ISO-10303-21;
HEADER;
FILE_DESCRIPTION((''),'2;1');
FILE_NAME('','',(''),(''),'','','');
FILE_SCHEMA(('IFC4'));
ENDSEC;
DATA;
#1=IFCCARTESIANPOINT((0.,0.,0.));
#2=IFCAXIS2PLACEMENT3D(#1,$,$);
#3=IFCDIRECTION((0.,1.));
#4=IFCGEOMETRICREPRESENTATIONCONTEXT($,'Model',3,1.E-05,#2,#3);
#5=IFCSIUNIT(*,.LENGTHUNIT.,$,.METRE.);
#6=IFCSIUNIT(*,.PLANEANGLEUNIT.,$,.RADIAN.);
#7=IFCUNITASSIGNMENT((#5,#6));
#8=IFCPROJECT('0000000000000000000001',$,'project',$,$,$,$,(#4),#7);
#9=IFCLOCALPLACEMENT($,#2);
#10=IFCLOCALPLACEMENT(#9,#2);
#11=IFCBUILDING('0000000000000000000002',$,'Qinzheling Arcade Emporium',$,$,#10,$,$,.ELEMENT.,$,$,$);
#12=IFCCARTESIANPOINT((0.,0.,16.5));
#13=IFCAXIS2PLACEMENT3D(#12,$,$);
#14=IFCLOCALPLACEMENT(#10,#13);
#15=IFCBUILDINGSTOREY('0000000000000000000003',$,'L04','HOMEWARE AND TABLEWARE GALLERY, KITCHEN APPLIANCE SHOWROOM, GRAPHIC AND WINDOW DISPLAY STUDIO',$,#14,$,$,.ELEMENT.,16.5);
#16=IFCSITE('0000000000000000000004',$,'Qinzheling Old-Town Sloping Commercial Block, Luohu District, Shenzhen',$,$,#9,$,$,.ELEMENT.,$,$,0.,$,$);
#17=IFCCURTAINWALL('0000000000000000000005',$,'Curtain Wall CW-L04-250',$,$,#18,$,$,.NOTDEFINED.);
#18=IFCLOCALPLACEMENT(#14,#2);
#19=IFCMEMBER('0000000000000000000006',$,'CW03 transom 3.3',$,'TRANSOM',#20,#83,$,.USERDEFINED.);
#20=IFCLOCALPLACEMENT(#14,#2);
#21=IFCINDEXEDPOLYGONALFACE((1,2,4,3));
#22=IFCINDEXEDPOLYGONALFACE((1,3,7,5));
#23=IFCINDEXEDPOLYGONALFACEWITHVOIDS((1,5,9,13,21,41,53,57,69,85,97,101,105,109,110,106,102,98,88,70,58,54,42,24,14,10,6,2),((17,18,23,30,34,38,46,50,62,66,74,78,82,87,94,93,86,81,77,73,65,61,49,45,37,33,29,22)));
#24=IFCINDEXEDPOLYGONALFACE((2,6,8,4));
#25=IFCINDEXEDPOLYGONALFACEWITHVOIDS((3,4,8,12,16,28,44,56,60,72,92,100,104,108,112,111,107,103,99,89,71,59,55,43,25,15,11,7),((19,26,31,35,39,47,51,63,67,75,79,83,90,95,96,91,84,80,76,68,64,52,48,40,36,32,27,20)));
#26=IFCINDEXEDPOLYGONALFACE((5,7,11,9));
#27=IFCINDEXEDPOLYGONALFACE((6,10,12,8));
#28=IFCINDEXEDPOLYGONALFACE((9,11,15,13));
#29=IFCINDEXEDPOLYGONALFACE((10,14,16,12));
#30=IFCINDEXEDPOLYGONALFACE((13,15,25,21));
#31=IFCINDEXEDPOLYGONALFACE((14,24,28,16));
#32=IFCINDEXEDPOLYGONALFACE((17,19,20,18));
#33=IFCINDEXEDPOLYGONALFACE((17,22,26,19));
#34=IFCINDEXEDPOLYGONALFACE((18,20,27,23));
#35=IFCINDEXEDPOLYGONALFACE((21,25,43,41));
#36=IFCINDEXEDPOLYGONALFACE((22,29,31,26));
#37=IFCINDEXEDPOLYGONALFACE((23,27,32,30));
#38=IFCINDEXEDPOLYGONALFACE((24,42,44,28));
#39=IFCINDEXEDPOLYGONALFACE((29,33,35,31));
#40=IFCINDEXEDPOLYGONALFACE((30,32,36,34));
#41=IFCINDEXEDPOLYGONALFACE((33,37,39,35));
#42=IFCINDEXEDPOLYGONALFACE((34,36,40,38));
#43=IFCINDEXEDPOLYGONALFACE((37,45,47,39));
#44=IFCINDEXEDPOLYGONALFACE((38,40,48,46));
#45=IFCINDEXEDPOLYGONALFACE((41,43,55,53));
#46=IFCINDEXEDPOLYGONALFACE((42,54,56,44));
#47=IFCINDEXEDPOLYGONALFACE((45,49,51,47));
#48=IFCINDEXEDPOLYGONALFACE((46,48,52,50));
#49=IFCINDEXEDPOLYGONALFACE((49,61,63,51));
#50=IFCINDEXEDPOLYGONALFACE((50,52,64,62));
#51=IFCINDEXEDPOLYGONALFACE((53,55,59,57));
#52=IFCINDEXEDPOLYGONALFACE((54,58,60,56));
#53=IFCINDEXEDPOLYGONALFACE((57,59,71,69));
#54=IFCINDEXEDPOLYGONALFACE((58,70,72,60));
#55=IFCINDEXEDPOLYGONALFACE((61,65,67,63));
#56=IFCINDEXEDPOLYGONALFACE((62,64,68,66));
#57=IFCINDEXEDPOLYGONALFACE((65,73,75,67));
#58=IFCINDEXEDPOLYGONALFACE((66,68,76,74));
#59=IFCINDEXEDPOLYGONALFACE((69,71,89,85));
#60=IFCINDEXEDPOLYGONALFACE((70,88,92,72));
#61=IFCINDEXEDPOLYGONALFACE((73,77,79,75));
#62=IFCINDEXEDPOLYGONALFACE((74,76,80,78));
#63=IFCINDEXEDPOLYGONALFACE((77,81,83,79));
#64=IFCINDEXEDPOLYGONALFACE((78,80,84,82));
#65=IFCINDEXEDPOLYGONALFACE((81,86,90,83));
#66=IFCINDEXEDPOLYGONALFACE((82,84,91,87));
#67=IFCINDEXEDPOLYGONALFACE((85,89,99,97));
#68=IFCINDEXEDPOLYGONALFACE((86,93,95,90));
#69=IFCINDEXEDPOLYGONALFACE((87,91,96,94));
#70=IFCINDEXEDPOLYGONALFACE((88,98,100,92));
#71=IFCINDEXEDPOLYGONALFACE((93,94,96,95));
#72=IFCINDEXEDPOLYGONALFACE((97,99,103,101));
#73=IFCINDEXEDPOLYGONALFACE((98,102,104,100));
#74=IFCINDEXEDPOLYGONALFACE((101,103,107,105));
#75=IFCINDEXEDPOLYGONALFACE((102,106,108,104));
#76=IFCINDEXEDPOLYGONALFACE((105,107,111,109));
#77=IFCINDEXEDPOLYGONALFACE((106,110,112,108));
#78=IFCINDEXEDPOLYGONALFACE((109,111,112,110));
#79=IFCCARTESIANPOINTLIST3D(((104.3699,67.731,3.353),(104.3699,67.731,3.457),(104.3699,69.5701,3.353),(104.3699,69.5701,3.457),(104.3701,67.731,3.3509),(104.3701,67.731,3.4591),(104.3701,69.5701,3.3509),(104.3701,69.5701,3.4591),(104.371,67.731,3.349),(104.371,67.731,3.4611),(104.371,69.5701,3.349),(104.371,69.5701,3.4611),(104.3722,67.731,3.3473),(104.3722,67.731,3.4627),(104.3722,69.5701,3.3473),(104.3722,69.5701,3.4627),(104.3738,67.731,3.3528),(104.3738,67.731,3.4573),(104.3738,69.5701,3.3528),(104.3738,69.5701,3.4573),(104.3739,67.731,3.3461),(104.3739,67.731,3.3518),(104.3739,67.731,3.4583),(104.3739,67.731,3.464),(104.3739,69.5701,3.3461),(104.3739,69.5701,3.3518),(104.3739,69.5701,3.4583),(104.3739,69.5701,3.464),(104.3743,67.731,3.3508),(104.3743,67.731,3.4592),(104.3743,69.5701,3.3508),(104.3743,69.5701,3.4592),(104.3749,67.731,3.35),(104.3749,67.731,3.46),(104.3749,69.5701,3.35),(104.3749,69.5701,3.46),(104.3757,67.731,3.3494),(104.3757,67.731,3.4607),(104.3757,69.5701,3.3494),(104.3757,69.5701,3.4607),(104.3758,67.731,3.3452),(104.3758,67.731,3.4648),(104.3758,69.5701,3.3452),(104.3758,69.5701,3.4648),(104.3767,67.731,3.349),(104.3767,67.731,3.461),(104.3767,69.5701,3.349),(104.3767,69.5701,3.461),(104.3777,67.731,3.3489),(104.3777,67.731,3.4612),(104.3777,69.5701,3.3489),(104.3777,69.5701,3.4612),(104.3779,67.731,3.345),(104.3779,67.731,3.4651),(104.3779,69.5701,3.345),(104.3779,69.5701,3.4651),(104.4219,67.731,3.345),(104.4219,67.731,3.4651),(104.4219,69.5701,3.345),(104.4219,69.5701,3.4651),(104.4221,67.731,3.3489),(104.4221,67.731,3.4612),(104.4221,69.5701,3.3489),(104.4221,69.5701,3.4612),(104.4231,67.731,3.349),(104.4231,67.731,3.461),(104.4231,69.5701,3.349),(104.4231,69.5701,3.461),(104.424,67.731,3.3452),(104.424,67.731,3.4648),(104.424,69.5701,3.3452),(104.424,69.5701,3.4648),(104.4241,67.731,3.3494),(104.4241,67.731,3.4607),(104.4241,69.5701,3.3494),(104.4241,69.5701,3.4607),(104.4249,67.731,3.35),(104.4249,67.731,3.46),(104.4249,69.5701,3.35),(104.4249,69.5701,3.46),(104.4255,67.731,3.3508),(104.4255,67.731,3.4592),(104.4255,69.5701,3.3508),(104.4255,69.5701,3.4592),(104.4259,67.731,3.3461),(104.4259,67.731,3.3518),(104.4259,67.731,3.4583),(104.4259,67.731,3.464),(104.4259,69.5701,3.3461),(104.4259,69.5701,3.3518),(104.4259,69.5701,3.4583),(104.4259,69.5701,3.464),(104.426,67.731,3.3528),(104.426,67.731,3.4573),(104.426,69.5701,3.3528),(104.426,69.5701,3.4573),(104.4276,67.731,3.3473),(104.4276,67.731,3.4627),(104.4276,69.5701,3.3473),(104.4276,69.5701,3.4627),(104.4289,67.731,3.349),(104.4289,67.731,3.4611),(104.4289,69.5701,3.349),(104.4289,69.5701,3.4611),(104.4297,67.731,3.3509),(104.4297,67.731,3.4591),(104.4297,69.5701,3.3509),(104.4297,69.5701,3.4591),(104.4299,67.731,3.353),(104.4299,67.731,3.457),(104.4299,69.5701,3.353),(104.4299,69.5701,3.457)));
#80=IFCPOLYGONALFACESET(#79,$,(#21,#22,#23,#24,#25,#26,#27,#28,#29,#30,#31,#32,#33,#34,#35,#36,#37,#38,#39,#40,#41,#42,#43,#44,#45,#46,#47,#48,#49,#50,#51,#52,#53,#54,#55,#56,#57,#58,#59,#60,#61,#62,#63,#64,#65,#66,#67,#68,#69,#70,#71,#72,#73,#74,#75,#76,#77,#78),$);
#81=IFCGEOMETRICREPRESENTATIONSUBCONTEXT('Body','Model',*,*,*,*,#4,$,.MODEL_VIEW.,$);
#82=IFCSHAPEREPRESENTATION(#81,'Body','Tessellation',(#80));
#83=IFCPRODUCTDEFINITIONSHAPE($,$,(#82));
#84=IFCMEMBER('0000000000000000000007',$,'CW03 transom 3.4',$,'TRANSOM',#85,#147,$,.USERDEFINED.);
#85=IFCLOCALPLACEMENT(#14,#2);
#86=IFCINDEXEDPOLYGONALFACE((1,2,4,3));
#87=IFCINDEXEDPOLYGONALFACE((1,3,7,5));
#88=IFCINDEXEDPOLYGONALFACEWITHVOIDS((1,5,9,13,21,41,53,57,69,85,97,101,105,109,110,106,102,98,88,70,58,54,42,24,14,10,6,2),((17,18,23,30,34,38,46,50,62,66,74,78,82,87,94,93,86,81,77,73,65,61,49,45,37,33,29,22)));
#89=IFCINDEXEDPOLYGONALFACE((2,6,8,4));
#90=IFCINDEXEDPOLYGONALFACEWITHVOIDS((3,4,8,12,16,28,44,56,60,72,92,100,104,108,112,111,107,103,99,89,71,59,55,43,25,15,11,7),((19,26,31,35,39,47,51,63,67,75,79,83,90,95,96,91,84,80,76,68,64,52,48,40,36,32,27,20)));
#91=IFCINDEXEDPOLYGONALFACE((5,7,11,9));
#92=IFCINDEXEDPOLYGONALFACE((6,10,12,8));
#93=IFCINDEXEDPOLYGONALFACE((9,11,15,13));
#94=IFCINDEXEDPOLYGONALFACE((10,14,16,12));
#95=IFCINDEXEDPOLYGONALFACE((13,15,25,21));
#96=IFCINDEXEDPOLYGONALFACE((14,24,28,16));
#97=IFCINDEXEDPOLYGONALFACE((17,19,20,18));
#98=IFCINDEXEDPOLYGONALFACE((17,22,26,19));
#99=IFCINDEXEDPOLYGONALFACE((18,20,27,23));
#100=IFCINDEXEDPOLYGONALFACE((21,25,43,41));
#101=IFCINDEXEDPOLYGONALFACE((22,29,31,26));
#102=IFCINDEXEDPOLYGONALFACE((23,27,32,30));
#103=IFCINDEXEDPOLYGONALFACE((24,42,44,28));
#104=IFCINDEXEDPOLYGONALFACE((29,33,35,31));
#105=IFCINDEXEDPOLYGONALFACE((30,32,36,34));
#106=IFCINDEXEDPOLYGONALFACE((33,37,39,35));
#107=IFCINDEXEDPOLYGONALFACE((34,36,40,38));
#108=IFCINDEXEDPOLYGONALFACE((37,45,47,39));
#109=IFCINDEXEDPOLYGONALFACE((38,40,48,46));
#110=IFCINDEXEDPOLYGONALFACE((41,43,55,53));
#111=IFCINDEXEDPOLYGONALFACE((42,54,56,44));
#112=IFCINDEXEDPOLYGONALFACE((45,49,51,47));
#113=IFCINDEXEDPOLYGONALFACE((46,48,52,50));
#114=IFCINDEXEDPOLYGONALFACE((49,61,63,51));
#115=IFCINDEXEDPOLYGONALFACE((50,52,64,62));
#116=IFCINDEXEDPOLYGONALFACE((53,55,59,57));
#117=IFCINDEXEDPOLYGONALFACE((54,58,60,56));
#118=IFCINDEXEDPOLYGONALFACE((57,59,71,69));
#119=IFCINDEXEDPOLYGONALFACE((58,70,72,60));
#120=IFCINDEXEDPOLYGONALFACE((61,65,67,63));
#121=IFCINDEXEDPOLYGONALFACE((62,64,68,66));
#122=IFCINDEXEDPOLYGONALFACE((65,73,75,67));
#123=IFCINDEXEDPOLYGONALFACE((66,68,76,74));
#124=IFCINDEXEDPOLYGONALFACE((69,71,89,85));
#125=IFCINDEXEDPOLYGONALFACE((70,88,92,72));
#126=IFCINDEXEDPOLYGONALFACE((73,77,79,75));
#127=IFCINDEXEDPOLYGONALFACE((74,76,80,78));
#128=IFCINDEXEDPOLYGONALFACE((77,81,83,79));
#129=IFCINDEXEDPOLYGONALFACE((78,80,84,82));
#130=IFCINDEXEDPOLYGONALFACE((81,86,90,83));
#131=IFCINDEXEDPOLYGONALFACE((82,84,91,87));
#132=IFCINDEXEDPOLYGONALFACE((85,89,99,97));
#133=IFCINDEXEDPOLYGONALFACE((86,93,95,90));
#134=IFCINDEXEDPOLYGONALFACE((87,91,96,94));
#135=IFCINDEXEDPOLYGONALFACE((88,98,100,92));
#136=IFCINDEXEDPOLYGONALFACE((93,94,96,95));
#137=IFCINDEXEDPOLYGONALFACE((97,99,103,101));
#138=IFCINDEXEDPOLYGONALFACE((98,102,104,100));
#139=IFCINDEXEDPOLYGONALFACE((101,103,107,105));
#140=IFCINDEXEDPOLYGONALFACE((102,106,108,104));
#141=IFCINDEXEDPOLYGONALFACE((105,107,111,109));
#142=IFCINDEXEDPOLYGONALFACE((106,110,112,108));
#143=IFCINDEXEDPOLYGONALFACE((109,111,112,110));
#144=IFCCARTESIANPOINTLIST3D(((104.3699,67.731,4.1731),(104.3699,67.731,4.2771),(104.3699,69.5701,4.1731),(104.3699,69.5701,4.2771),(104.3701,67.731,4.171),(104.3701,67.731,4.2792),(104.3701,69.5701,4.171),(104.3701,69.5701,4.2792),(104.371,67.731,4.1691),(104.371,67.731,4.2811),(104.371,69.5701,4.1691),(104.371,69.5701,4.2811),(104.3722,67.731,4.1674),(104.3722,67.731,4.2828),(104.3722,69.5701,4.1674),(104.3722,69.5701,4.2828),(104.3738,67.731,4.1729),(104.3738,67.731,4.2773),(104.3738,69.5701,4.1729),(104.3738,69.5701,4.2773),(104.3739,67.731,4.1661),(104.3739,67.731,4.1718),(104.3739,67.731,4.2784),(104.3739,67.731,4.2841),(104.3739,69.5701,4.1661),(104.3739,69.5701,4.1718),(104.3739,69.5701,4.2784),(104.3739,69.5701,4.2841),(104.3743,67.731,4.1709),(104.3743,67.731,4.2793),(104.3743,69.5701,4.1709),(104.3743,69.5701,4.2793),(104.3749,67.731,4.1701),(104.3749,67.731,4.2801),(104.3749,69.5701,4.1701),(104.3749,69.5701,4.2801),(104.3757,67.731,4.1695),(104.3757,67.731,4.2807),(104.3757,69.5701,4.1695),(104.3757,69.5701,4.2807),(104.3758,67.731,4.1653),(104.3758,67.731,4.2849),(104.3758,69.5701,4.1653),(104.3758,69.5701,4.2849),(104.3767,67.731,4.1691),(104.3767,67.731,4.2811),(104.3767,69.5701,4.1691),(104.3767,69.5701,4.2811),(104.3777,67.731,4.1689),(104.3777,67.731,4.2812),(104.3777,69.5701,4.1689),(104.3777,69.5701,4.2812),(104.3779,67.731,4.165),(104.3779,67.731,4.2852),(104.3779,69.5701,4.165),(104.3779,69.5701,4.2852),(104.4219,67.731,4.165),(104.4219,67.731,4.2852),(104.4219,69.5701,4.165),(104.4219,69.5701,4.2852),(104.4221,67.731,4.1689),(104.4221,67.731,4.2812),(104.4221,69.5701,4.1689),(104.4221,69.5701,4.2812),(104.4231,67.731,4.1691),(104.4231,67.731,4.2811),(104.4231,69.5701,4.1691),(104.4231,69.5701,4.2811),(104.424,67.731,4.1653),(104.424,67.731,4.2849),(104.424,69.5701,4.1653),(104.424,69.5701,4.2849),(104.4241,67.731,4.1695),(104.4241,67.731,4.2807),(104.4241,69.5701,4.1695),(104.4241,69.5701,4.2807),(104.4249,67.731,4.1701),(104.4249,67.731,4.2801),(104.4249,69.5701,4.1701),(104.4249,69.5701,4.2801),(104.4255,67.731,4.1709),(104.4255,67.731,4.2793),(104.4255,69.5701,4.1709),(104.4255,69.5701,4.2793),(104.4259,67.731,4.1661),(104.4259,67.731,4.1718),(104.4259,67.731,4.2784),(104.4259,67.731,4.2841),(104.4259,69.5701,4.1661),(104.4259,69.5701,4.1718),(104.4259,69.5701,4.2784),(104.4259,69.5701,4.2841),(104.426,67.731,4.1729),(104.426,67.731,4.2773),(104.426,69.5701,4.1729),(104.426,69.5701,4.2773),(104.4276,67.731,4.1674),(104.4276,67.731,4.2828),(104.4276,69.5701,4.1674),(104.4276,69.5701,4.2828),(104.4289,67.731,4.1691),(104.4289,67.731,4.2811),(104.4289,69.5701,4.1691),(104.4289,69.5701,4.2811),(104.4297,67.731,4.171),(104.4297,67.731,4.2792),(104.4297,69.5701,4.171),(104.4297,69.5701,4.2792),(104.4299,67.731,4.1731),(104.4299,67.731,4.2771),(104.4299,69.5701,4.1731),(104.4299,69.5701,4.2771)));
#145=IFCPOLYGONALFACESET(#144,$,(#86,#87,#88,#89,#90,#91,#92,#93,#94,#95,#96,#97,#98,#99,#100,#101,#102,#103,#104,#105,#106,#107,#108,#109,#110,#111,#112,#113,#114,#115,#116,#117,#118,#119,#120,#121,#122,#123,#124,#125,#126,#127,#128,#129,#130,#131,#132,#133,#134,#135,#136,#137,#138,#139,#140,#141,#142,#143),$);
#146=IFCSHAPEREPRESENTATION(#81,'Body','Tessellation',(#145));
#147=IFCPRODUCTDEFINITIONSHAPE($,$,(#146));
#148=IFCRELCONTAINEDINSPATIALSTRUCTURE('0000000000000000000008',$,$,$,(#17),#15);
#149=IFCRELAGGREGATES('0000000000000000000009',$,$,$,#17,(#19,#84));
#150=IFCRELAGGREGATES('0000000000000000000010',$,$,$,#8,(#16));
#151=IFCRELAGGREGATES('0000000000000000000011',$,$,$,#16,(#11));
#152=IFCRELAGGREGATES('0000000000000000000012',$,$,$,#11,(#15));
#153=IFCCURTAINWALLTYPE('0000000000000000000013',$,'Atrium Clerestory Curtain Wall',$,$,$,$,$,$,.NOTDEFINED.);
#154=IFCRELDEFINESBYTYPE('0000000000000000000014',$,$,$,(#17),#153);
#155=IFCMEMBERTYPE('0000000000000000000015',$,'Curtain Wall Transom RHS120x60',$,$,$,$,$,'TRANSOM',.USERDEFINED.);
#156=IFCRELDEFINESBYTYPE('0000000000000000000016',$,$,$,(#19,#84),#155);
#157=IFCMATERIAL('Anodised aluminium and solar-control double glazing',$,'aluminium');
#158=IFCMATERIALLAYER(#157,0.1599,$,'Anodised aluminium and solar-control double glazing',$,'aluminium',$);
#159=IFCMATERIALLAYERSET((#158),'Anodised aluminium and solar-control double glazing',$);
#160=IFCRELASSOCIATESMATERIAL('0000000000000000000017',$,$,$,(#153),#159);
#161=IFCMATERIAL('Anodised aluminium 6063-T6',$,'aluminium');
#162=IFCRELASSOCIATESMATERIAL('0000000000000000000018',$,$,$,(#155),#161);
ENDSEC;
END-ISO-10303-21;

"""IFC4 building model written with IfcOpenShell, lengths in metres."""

from ifc_helpers import new_model, si_unit, direction, frame, origin, origin_2d, place, context, subcontext, project, spatial, hollow_rectangle, extrude, material, layer, layer_set, material_profile, profile_set, type_object, element, aggregate, save


model = new_model("IFC4")

# Units and contexts
model_context = context("Model", 3, precision=1e-05, world=origin(), true_north=direction((0.0, 1.0)))
body_context = subcontext(model_context, "Body", "Model", "MODEL_VIEW")
ifc_project = project(units=[si_unit("LENGTHUNIT", "METRE"), si_unit("PLANEANGLEUNIT", "RADIAN")], contexts=[model_context])

# Site, building, storey
site_placement = place(None, origin())
site = spatial("IfcSite", under=ifc_project, at=site_placement, Name="Qinzheling Old-Town Sloping Commercial Block, Luohu District, Shenzhen", CompositionType="ELEMENT", RefElevation=0.0)
building_placement = place(site_placement, origin())
building = spatial("IfcBuilding", under=site, at=building_placement, Name="Qinzheling Arcade Emporium", CompositionType="ELEMENT")
storey_placement = place(building_placement, frame((0.0, 0.0, 16.5)))
storey = spatial("IfcBuildingStorey", under=building, at=storey_placement, Name="L04", Description="HOMEWARE AND TABLEWARE GALLERY, KITCHEN APPLIANCE SHOWROOM, GRAPHIC AND WINDOW DISPLAY STUDIO", CompositionType="ELEMENT", Elevation=16.5)

# Curtain wall, members
ifc_material_1 = material(Name="Anodised aluminium and solar-control double glazing", Category="aluminium")
ifc_layer_1 = layer(ifc_material_1, 0.1599, Name="Anodised aluminium and solar-control double glazing", Category="aluminium")
ifc_layer_set_1 = layer_set([ifc_layer_1], Name="Anodised aluminium and solar-control double glazing")
curtain_wall_type = type_object("IfcCurtainWallType", Name="Atrium Clerestory Curtain Wall", PredefinedType="NOTDEFINED", material=ifc_layer_set_1)
curtain_wall_placement = place(storey_placement, origin())
curtain_wall = element("IfcCurtainWall", 1, at=curtain_wall_placement, inside=storey, type_object=curtain_wall_type, Name="Curtain Wall CW-L04-250", PredefinedType="NOTDEFINED")
ifc_material_2 = material(Name="Anodised aluminium 6063-T6", Category="aluminium")
ifc_material_profile_1 = material_profile(ifc_material_2, hollow_rectangle(XDim=0.0601, YDim=0.1201, WallThickness=0.0039, InnerFilletRadius=0.0039, OuterFilletRadius=0.0081, at=origin_2d()), Name="RHS 120x60x4", Category="aluminium")
ifc_profile_set_1 = profile_set([ifc_material_profile_1], Name="Anodised aluminium 6063-T6")
member_type_1 = type_object("IfcMemberType", Name="Curtain Wall Transom RHS120x60", ElementType="TRANSOM", PredefinedType="USERDEFINED", material=ifc_profile_set_1)
member_1_placement = place(storey_placement, frame((104.3999, 69.5701, 3.405), z_axis=(0.0, -1.0, 0.0), x_axis=(1.0, 0.0, 0.0)))
member_1 = element("IfcMember", 2, at=member_1_placement, type_object=member_type_1, Name="CW03 transom 3.3", ObjectType="TRANSOM", PredefinedType="USERDEFINED", context=body_context, shape_type="SweptSolid", body=[
    extrude(hollow_rectangle(XDim=0.0601, YDim=0.1201, WallThickness=0.0039, InnerFilletRadius=0.0039, OuterFilletRadius=0.0081, at=origin_2d()), origin(), (0.0, 0.0, 1.0), 1.8391),
])
member_2_placement = place(storey_placement, frame((104.3999, 69.5701, 4.2251), z_axis=(0.0, -1.0, 0.0), x_axis=(1.0, 0.0, 0.0)))
member_2 = element("IfcMember", 3, at=member_2_placement, type_object=member_type_1, Name="CW03 transom 3.4", ObjectType="TRANSOM", PredefinedType="USERDEFINED", context=body_context, shape_type="SweptSolid", body=[
    extrude(hollow_rectangle(XDim=0.0601, YDim=0.1201, WallThickness=0.0039, InnerFilletRadius=0.0039, OuterFilletRadius=0.0081, at=origin_2d()), origin(), (0.0, 0.0, 1.0), 1.8391),
])

aggregate(curtain_wall, [member_1, member_2])

save(model, "model.ifc")
